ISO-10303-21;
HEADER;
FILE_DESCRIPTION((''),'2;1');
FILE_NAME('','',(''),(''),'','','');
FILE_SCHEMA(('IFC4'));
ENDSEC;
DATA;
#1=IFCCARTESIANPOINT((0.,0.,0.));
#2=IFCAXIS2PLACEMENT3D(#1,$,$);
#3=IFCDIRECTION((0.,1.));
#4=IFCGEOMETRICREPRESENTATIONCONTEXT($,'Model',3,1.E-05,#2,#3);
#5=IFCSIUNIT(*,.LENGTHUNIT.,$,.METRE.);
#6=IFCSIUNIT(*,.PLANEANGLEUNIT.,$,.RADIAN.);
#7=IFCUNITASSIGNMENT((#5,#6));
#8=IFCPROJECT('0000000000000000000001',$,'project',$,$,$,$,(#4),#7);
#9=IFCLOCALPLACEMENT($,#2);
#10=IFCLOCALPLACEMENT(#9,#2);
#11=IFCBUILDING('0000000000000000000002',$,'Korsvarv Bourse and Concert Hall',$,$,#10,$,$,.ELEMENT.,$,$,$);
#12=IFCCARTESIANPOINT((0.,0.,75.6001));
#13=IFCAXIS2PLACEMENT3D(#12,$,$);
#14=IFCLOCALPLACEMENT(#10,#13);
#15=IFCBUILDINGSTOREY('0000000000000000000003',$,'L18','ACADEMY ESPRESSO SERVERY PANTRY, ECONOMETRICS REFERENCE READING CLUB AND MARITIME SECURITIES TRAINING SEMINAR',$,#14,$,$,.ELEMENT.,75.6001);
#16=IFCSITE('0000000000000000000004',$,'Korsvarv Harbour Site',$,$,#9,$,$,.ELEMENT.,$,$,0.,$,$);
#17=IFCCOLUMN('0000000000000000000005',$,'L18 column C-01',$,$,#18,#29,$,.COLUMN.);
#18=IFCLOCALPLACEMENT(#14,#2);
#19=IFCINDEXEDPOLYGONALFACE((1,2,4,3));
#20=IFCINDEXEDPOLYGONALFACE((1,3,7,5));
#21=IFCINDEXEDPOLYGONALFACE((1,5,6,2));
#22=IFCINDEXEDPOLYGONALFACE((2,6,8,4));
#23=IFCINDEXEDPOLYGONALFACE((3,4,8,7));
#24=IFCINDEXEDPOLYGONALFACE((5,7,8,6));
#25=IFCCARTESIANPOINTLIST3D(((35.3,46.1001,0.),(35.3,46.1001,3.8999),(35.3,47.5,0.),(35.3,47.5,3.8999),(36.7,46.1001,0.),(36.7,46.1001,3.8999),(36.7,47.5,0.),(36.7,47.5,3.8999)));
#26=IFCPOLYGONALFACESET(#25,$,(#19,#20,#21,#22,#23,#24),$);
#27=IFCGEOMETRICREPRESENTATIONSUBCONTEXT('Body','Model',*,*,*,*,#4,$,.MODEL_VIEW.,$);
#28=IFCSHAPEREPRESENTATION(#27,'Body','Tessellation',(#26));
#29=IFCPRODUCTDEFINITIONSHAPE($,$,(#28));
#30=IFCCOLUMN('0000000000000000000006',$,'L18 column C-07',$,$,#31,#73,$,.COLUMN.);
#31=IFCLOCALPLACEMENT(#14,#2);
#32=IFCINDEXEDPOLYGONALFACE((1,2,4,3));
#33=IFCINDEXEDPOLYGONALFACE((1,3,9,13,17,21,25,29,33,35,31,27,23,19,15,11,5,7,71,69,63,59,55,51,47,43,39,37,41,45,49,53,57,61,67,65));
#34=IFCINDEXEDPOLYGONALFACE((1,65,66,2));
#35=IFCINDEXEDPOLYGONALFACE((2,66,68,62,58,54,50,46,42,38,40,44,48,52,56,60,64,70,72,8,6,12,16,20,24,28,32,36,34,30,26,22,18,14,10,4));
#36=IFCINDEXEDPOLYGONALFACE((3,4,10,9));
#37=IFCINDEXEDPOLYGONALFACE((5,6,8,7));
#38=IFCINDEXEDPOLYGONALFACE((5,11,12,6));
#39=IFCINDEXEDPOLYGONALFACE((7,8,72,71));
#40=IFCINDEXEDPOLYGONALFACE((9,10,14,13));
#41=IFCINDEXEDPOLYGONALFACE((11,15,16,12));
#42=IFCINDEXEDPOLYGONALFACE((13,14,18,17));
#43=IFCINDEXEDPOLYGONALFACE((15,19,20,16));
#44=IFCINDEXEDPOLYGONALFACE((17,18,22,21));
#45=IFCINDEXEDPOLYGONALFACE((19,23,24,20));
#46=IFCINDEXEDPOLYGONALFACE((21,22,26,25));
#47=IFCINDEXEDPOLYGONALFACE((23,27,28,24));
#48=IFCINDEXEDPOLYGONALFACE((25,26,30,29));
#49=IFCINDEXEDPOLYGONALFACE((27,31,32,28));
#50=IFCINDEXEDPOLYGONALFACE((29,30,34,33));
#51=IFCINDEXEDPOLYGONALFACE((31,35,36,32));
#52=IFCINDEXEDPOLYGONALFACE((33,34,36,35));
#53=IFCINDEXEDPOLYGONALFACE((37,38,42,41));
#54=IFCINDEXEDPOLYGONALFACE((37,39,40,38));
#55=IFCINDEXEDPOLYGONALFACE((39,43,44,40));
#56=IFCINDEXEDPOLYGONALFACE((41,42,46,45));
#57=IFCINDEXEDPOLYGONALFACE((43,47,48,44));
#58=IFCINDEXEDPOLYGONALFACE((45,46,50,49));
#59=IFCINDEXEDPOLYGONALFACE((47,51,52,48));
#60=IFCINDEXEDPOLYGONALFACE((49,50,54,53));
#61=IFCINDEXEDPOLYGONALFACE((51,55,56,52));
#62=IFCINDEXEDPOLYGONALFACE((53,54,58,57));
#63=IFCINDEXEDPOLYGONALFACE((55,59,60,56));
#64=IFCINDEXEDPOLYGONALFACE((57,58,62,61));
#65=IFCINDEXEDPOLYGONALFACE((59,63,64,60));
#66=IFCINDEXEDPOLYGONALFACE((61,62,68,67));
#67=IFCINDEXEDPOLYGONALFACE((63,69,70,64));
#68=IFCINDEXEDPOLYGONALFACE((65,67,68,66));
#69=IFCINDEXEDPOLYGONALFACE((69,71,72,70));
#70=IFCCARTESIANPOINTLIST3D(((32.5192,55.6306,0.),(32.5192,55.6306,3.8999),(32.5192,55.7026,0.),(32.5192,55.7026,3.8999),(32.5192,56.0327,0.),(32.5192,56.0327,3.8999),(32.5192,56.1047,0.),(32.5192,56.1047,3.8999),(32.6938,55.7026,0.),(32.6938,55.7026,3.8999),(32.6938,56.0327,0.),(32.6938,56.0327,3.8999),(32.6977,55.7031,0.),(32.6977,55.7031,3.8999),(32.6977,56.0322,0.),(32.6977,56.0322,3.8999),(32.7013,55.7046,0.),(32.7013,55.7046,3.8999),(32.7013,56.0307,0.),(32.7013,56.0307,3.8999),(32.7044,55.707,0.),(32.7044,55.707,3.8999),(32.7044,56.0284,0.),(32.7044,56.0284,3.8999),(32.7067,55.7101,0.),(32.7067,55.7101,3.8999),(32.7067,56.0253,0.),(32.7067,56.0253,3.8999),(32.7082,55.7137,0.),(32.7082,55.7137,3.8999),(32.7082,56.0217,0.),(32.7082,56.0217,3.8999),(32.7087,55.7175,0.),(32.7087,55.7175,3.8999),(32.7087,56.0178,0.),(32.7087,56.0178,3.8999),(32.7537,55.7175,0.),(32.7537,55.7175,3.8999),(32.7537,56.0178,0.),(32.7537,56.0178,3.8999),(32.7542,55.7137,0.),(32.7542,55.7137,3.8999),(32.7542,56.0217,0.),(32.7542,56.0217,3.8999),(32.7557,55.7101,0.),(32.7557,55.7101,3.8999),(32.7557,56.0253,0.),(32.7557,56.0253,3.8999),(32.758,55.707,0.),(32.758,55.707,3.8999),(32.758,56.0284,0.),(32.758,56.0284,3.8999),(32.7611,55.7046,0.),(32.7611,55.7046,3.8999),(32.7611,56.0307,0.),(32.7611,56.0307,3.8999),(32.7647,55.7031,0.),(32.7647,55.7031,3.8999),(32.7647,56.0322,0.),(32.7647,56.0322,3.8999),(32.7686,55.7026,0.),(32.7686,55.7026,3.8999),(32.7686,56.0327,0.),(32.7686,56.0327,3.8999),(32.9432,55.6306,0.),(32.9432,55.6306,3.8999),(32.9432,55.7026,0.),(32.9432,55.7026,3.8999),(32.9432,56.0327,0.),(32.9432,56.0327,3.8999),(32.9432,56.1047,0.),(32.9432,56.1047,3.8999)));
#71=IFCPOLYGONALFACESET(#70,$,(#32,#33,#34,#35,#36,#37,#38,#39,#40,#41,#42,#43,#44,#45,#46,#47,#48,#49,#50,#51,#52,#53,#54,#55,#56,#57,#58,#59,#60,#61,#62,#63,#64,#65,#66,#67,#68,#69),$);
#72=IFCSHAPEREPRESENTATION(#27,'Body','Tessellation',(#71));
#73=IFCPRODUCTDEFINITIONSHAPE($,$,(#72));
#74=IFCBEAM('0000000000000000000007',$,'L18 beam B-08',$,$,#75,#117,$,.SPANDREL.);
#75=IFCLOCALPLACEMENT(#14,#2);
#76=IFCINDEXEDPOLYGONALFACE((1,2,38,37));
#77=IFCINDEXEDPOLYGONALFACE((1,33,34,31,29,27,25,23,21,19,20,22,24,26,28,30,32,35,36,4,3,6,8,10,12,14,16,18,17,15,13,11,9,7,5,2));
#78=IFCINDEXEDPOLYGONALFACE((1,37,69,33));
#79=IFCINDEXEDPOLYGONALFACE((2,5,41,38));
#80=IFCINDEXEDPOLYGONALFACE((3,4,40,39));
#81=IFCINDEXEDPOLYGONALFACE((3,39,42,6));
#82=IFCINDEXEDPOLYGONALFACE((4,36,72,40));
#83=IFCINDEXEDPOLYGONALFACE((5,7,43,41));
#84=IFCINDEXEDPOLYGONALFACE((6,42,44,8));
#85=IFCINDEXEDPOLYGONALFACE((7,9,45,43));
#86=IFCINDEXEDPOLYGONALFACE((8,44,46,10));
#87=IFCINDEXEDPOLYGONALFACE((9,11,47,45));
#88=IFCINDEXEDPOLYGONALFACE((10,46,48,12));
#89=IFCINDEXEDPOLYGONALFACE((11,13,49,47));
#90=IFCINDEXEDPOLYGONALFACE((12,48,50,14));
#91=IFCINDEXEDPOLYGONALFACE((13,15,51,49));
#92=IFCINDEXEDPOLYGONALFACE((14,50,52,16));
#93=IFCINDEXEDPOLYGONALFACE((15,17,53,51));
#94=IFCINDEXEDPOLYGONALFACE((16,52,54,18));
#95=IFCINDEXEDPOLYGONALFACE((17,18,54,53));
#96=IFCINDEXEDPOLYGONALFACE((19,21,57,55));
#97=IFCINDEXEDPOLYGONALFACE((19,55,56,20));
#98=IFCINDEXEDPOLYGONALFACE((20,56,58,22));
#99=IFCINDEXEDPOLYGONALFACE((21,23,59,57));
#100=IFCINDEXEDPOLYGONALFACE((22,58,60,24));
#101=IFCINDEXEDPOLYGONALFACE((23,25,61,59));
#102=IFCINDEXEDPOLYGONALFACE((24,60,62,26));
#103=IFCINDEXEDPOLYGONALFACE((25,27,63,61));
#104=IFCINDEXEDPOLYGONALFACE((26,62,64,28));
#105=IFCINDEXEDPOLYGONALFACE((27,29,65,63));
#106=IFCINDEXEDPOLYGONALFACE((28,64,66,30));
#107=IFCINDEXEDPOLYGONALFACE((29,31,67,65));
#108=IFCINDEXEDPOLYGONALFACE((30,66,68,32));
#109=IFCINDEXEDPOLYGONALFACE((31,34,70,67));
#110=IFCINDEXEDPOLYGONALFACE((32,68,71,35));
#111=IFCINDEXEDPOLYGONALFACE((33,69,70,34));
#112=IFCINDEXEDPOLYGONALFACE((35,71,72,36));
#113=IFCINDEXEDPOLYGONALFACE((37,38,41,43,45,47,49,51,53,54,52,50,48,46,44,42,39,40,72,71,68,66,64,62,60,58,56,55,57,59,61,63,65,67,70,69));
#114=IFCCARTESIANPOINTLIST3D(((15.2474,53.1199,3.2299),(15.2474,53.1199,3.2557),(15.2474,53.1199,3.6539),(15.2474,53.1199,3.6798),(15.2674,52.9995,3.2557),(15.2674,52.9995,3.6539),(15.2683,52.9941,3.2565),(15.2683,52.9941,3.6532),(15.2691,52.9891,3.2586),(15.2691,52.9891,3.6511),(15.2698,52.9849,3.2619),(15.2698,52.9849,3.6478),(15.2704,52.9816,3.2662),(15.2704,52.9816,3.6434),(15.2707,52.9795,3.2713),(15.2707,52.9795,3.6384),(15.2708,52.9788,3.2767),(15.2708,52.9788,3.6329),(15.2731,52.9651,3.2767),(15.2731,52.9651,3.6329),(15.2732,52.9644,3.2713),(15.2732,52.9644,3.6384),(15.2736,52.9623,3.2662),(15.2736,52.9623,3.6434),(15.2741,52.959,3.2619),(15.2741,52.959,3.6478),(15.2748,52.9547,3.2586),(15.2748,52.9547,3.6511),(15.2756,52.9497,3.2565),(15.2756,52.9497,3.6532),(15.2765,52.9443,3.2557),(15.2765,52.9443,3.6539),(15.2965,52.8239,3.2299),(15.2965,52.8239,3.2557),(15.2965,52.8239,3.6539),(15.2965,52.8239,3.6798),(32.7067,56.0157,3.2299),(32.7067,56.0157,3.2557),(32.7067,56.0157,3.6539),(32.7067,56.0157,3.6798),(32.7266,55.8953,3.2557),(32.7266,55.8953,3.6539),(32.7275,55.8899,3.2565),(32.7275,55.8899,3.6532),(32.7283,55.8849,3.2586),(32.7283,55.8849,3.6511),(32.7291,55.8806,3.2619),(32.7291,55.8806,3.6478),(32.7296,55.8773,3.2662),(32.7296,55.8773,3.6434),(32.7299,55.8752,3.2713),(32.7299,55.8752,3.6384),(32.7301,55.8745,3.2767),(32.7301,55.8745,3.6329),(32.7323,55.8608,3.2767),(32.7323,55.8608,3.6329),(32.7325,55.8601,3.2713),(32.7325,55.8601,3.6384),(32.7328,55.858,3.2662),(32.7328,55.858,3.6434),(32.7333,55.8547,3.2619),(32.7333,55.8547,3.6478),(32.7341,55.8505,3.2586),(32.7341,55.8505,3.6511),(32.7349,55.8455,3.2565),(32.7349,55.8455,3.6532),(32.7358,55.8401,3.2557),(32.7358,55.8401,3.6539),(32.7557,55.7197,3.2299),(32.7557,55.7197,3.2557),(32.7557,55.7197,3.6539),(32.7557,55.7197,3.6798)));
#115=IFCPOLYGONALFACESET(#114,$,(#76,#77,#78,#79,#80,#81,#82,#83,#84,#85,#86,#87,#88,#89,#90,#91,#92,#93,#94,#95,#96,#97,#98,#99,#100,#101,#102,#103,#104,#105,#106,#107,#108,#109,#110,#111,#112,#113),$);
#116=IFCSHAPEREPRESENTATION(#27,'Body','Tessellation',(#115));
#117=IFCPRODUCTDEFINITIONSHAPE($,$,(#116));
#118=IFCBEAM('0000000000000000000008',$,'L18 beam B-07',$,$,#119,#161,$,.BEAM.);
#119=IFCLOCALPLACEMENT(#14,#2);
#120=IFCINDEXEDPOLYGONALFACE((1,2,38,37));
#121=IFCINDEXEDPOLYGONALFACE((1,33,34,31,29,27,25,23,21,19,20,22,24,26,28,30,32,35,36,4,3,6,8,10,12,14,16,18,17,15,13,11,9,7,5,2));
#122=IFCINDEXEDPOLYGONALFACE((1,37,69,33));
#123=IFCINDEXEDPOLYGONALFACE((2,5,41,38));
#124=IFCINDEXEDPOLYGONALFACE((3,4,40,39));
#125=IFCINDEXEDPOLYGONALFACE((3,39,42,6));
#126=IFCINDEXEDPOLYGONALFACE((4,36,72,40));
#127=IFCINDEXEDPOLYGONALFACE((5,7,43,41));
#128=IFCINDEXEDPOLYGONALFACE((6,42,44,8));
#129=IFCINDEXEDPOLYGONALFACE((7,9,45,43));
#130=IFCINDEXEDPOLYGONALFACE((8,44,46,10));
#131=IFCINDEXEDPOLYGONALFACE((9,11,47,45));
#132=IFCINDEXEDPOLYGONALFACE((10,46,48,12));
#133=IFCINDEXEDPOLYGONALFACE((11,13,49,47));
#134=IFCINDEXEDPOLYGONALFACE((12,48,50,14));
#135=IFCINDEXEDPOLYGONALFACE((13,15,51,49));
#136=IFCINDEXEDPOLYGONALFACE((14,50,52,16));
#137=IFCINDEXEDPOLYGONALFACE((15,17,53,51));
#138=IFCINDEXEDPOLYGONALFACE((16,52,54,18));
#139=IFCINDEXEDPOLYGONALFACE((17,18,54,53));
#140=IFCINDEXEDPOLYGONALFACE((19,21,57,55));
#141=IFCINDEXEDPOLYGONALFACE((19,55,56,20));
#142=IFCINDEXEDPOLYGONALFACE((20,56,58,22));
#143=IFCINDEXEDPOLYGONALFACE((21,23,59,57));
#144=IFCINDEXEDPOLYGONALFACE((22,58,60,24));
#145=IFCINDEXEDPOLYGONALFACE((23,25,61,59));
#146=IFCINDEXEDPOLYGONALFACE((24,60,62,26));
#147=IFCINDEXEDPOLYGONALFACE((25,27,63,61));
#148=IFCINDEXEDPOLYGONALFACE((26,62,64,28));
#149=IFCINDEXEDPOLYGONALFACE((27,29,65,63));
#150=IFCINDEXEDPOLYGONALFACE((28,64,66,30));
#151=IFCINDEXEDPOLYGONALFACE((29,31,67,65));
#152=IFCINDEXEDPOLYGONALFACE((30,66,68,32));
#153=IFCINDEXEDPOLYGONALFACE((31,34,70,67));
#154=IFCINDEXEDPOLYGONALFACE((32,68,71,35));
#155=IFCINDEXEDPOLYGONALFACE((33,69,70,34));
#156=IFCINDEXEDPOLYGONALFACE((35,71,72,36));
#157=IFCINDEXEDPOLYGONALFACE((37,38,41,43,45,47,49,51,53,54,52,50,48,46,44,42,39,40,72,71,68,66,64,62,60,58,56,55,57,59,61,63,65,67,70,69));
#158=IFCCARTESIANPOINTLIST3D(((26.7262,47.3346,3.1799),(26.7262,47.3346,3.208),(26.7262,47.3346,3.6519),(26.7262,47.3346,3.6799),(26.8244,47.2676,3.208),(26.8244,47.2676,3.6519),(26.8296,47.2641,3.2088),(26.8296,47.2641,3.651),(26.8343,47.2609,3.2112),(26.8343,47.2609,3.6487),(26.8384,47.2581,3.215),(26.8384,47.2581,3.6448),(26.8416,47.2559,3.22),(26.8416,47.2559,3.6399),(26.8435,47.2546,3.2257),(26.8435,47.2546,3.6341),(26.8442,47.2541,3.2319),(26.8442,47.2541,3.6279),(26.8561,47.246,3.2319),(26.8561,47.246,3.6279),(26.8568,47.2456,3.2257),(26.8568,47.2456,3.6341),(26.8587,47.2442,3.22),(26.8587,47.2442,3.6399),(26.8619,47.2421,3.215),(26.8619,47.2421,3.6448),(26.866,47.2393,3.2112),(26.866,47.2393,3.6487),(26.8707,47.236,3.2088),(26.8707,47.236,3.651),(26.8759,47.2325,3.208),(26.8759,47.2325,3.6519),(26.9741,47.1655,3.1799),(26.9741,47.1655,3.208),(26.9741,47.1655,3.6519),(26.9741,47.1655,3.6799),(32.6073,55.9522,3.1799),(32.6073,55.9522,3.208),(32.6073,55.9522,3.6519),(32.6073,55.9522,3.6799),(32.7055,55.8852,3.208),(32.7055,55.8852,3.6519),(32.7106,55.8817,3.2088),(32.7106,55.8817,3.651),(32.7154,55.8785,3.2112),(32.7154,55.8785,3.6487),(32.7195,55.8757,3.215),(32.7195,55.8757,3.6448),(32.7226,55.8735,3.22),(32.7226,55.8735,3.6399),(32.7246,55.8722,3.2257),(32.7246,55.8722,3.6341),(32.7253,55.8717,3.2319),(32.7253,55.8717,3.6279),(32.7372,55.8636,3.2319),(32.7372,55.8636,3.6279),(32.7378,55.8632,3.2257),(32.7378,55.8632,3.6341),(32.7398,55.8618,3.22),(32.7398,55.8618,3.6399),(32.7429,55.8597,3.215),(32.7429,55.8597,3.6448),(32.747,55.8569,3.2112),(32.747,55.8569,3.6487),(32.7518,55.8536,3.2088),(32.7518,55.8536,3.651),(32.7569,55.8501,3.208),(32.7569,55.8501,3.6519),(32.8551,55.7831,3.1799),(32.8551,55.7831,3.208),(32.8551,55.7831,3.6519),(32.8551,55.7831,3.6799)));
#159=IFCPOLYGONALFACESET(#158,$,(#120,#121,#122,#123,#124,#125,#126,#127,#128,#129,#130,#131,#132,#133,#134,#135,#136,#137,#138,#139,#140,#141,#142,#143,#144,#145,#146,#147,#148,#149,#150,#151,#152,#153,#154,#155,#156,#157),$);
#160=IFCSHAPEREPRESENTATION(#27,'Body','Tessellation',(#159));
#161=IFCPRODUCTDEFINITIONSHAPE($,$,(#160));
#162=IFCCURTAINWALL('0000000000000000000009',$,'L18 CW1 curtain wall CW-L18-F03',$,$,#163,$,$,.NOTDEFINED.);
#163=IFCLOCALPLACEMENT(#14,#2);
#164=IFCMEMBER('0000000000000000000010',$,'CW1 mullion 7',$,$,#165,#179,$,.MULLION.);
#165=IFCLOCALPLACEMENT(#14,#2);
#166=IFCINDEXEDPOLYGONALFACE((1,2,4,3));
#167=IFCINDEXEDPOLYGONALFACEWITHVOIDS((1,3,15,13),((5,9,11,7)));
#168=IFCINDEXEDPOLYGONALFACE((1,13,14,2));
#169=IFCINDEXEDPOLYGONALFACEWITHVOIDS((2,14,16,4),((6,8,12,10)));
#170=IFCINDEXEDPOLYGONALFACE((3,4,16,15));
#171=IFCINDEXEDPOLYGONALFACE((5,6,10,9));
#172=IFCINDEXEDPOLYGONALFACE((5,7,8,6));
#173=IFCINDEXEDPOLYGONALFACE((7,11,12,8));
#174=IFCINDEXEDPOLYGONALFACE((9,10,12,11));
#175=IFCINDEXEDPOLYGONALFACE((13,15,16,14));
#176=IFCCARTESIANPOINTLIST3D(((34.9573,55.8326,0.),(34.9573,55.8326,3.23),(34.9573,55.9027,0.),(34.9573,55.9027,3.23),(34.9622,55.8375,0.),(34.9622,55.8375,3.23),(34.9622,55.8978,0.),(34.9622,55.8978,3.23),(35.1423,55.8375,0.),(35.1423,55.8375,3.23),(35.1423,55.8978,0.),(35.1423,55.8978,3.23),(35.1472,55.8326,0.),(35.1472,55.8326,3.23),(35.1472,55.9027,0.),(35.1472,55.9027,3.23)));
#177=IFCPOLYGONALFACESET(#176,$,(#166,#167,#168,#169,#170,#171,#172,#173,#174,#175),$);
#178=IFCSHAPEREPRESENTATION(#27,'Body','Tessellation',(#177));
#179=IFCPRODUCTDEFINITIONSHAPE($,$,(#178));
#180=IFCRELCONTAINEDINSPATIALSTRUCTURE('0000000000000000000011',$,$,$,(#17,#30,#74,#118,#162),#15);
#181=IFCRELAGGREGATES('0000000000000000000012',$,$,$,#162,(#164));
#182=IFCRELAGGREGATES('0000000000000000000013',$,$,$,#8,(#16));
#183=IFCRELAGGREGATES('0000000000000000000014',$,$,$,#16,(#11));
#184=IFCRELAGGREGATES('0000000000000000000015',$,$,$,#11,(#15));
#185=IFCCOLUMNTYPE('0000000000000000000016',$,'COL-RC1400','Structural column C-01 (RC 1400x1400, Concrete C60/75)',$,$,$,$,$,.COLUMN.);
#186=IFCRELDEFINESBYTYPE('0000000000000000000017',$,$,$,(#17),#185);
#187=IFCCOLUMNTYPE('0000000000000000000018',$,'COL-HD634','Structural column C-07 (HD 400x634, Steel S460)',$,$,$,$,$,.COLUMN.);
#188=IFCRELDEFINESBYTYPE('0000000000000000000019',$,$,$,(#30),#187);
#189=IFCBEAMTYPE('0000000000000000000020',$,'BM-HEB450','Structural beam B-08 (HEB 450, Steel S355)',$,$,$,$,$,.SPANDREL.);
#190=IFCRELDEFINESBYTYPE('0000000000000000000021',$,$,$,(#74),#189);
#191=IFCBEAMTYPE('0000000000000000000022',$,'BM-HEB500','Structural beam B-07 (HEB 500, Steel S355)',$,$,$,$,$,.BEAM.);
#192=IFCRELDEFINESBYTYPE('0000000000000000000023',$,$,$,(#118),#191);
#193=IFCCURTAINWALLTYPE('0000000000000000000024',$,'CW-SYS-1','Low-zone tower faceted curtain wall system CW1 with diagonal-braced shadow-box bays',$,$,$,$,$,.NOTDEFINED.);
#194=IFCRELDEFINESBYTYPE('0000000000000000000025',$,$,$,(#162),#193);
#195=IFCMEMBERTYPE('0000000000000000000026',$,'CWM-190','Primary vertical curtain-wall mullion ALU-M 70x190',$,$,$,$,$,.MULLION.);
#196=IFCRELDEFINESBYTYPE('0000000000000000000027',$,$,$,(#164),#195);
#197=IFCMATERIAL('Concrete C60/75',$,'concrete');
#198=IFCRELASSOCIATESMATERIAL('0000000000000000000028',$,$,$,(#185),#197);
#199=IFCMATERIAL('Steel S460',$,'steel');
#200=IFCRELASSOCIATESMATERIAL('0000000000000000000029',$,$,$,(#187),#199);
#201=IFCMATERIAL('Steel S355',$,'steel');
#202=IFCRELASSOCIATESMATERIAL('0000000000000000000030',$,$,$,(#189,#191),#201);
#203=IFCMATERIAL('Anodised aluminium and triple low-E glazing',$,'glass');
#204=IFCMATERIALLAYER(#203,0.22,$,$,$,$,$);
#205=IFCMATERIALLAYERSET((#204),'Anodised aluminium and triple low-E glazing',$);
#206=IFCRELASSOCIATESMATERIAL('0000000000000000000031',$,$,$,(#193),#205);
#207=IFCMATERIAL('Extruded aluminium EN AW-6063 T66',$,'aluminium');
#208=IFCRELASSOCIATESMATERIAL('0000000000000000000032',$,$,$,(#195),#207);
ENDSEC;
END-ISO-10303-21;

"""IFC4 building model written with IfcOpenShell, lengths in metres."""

from ifc_helpers import new_model, si_unit, direction, frame, origin, origin_2d, place, context, subcontext, project, spatial, rectangle, hollow_rectangle, i_section, extrude, source, transform, mapped, material, layer, layer_set, material_profile, profile_set, type_object, element, aggregate, save


model = new_model("IFC4")

# Units and contexts
model_context = context("Model", 3, precision=1e-05, world=origin(), true_north=direction((0.0, 1.0)))
body_context = subcontext(model_context, "Body", "Model", "MODEL_VIEW")
ifc_project = project(units=[si_unit("LENGTHUNIT", "METRE"), si_unit("PLANEANGLEUNIT", "RADIAN")], contexts=[model_context])

# Site, building, storey
site_placement = place(None, origin())
site = spatial("IfcSite", under=ifc_project, at=site_placement, Name="Korsvarv Harbour Site", CompositionType="ELEMENT", RefElevation=0.0)
building_placement = place(site_placement, origin())
building = spatial("IfcBuilding", under=site, at=building_placement, Name="Korsvarv Bourse and Concert Hall", CompositionType="ELEMENT")
storey_placement = place(building_placement, frame((0.0, 0.0, 75.6001)))
storey = spatial("IfcBuildingStorey", under=building, at=storey_placement, Name="L18", Description="ACADEMY ESPRESSO SERVERY PANTRY, ECONOMETRICS REFERENCE READING CLUB AND MARITIME SECURITIES TRAINING SEMINAR", CompositionType="ELEMENT", Elevation=75.6001)

# Columns
ifc_material_1 = material(Name="Concrete C60/75", Category="concrete")
ifc_material_profile_1 = material_profile(ifc_material_1, rectangle(XDim=1.3999, YDim=1.3999, at=origin_2d()), Name="RC 1400x1400")
ifc_profile_set_1 = profile_set([ifc_material_profile_1], Name="Concrete C60/75")
column_type_1 = type_object("IfcColumnType", Name="COL-RC1400", Description="Structural column C-01 (RC 1400x1400, Concrete C60/75)", PredefinedType="COLUMN", material=ifc_profile_set_1)
shared_shape_1 = source(origin(), body_context, "Body", "SweptSolid", [
    extrude(rectangle(XDim=1.3999, YDim=1.3999, at=origin_2d()), origin(), (0.0, 0.0, 1.0), 3.8999),
])
column_1_placement = place(storey_placement, frame((36.0, 46.8, 0.0), z_axis=(0.0, 0.0, 1.0), x_axis=(1.0, 0.0, 0.0)))
element("IfcColumn", 1, at=column_1_placement, inside=storey, type_object=column_type_1, Name="L18 column C-01", PredefinedType="COLUMN", context=body_context, shape_type="MappedRepresentation", body=[
    mapped(shared_shape_1, transform((0.0, 0.0, 0.0), scale=1.0)),
])
ifc_material_2 = material(Name="Steel S460", Category="steel")
ifc_material_profile_2 = material_profile(ifc_material_2, i_section(OverallWidth=0.4241, OverallDepth=0.4741, WebThickness=0.0449, FlangeThickness=0.072, FilletRadius=0.0149, at=origin_2d()), Name="HD 400x634")
ifc_profile_set_2 = profile_set([ifc_material_profile_2], Name="Steel S460")
column_type_2 = type_object("IfcColumnType", Name="COL-HD634", Description="Structural column C-07 (HD 400x634, Steel S460)", PredefinedType="COLUMN", material=ifc_profile_set_2)
shared_shape_2 = source(origin(), body_context, "Body", "SweptSolid", [
    extrude(i_section(OverallWidth=0.4241, OverallDepth=0.4741, WebThickness=0.0449, FlangeThickness=0.072, FilletRadius=0.0149, at=origin_2d()), origin(), (0.0, 0.0, 1.0), 3.8999),
])
column_2_placement = place(storey_placement, frame((32.7312, 55.8677, 0.0), z_axis=(0.0, 0.0, 1.0), x_axis=(1.0, 0.0, 0.0)))
element("IfcColumn", 2, at=column_2_placement, inside=storey, type_object=column_type_2, Name="L18 column C-07", PredefinedType="COLUMN", context=body_context, shape_type="MappedRepresentation", body=[
    mapped(shared_shape_2, transform((0.0, 0.0, 0.0), scale=1.0)),
])

# Beams
ifc_material_3 = material(Name="Steel S355", Category="steel")
ifc_material_profile_3 = material_profile(ifc_material_3, i_section(OverallWidth=0.3, OverallDepth=0.45, WebThickness=0.0139, FlangeThickness=0.0259, FilletRadius=0.021, at=origin_2d()), Name="HEB 450")
ifc_profile_set_3 = profile_set([ifc_material_profile_3], Name="Steel S355")
beam_type_1 = type_object("IfcBeamType", Name="BM-HEB450", Description="Structural beam B-08 (HEB 450, Steel S355)", PredefinedType="SPANDREL", material=ifc_profile_set_3)
shared_shape_3 = source(origin(), body_context, "Body", "SweptSolid", [
    extrude(i_section(OverallWidth=0.3, OverallDepth=0.45, WebThickness=0.0139, FlangeThickness=0.0259, FilletRadius=0.021, at=origin_2d()), origin(), (0.0, 0.0, 1.0), 17.6978),
])
beam_1_placement = place(storey_placement, frame((32.7312, 55.8677, 3.4548), z_axis=(-0.986523, -0.163623, 0.0), x_axis=(0.163623, -0.986523, 0.0)))
element("IfcBeam", 3, at=beam_1_placement, inside=storey, type_object=beam_type_1, Name="L18 beam B-08", PredefinedType="SPANDREL", context=body_context, shape_type="MappedRepresentation", body=[
    mapped(shared_shape_3, transform((0.0, 0.0, 0.0), scale=1.0)),
])
ifc_material_profile_4 = material_profile(ifc_material_3, i_section(OverallWidth=0.3, OverallDepth=0.5, WebThickness=0.0144, FlangeThickness=0.0281, FilletRadius=0.0239, at=origin_2d()), Name="HEB 500")
ifc_profile_set_4 = profile_set([ifc_material_profile_4], Name="Steel S355")
beam_type_2 = type_object("IfcBeamType", Name="BM-HEB500", Description="Structural beam B-07 (HEB 500, Steel S355)", PredefinedType="BEAM", material=ifc_profile_set_4)
shared_shape_4 = source(origin(), body_context, "Body", "SweptSolid", [
    extrude(i_section(OverallWidth=0.3, OverallDepth=0.5, WebThickness=0.0144, FlangeThickness=0.0281, FilletRadius=0.0239, at=origin_2d()), origin(), (0.0, 0.0, 1.0), 10.4331),
])
beam_2_placement = place(storey_placement, frame((32.7312, 55.8677, 3.4299), z_axis=(-0.563691, -0.825986, 0.0), x_axis=(0.825986, -0.563691, 0.0)))
element("IfcBeam", 4, at=beam_2_placement, inside=storey, type_object=beam_type_2, Name="L18 beam B-07", PredefinedType="BEAM", context=body_context, shape_type="MappedRepresentation", body=[
    mapped(shared_shape_4, transform((0.0, 0.0, 0.0), scale=1.0)),
])

# Curtain wall, member
ifc_material_4 = material(Name="Anodised aluminium and triple low-E glazing", Category="glass")
ifc_layer_1 = layer(ifc_material_4, 0.22)
ifc_layer_set_1 = layer_set([ifc_layer_1], Name="Anodised aluminium and triple low-E glazing")
curtain_wall_type = type_object("IfcCurtainWallType", Name="CW-SYS-1", Description="Low-zone tower faceted curtain wall system CW1 with diagonal-braced shadow-box bays", PredefinedType="NOTDEFINED", material=ifc_layer_set_1)
curtain_wall_placement = place(storey_placement, origin())
curtain_wall = element("IfcCurtainWall", 5, at=curtain_wall_placement, inside=storey, type_object=curtain_wall_type, Name="L18 CW1 curtain wall CW-L18-F03", PredefinedType="NOTDEFINED")
ifc_material_5 = material(Name="Extruded aluminium EN AW-6063 T66", Category="aluminium")
ifc_material_profile_5 = material_profile(ifc_material_5, hollow_rectangle(XDim=0.0701, YDim=0.1899, WallThickness=0.0049, at=origin_2d()), Name="ALU-M 70x190")
ifc_profile_set_5 = profile_set([ifc_material_profile_5], Name="Extruded aluminium EN AW-6063 T66")
member_type_1 = type_object("IfcMemberType", Name="CWM-190", Description="Primary vertical curtain-wall mullion ALU-M 70x190", PredefinedType="MULLION", material=ifc_profile_set_5)
shared_shape_5 = source(origin(), body_context, "Body", "SweptSolid", [
    extrude(hollow_rectangle(XDim=0.0701, YDim=0.1899, WallThickness=0.0049, at=origin_2d()), origin(), (0.0, 0.0, 1.0), 3.23),
])
member_1_placement = place(storey_placement, frame((35.0522, 55.8677, 0.0), z_axis=(0.0, 0.0, 1.0), x_axis=(0.0, -1.0, 0.0)))
member_1 = element("IfcMember", 6, at=member_1_placement, type_object=member_type_1, Name="CW1 mullion 7", PredefinedType="MULLION", context=body_context, shape_type="MappedRepresentation", body=[
    mapped(shared_shape_5, transform((0.0, 0.0, 0.0), scale=1.0)),
])
aggregate(curtain_wall, [member_1])

save(model, "model.ifc")
